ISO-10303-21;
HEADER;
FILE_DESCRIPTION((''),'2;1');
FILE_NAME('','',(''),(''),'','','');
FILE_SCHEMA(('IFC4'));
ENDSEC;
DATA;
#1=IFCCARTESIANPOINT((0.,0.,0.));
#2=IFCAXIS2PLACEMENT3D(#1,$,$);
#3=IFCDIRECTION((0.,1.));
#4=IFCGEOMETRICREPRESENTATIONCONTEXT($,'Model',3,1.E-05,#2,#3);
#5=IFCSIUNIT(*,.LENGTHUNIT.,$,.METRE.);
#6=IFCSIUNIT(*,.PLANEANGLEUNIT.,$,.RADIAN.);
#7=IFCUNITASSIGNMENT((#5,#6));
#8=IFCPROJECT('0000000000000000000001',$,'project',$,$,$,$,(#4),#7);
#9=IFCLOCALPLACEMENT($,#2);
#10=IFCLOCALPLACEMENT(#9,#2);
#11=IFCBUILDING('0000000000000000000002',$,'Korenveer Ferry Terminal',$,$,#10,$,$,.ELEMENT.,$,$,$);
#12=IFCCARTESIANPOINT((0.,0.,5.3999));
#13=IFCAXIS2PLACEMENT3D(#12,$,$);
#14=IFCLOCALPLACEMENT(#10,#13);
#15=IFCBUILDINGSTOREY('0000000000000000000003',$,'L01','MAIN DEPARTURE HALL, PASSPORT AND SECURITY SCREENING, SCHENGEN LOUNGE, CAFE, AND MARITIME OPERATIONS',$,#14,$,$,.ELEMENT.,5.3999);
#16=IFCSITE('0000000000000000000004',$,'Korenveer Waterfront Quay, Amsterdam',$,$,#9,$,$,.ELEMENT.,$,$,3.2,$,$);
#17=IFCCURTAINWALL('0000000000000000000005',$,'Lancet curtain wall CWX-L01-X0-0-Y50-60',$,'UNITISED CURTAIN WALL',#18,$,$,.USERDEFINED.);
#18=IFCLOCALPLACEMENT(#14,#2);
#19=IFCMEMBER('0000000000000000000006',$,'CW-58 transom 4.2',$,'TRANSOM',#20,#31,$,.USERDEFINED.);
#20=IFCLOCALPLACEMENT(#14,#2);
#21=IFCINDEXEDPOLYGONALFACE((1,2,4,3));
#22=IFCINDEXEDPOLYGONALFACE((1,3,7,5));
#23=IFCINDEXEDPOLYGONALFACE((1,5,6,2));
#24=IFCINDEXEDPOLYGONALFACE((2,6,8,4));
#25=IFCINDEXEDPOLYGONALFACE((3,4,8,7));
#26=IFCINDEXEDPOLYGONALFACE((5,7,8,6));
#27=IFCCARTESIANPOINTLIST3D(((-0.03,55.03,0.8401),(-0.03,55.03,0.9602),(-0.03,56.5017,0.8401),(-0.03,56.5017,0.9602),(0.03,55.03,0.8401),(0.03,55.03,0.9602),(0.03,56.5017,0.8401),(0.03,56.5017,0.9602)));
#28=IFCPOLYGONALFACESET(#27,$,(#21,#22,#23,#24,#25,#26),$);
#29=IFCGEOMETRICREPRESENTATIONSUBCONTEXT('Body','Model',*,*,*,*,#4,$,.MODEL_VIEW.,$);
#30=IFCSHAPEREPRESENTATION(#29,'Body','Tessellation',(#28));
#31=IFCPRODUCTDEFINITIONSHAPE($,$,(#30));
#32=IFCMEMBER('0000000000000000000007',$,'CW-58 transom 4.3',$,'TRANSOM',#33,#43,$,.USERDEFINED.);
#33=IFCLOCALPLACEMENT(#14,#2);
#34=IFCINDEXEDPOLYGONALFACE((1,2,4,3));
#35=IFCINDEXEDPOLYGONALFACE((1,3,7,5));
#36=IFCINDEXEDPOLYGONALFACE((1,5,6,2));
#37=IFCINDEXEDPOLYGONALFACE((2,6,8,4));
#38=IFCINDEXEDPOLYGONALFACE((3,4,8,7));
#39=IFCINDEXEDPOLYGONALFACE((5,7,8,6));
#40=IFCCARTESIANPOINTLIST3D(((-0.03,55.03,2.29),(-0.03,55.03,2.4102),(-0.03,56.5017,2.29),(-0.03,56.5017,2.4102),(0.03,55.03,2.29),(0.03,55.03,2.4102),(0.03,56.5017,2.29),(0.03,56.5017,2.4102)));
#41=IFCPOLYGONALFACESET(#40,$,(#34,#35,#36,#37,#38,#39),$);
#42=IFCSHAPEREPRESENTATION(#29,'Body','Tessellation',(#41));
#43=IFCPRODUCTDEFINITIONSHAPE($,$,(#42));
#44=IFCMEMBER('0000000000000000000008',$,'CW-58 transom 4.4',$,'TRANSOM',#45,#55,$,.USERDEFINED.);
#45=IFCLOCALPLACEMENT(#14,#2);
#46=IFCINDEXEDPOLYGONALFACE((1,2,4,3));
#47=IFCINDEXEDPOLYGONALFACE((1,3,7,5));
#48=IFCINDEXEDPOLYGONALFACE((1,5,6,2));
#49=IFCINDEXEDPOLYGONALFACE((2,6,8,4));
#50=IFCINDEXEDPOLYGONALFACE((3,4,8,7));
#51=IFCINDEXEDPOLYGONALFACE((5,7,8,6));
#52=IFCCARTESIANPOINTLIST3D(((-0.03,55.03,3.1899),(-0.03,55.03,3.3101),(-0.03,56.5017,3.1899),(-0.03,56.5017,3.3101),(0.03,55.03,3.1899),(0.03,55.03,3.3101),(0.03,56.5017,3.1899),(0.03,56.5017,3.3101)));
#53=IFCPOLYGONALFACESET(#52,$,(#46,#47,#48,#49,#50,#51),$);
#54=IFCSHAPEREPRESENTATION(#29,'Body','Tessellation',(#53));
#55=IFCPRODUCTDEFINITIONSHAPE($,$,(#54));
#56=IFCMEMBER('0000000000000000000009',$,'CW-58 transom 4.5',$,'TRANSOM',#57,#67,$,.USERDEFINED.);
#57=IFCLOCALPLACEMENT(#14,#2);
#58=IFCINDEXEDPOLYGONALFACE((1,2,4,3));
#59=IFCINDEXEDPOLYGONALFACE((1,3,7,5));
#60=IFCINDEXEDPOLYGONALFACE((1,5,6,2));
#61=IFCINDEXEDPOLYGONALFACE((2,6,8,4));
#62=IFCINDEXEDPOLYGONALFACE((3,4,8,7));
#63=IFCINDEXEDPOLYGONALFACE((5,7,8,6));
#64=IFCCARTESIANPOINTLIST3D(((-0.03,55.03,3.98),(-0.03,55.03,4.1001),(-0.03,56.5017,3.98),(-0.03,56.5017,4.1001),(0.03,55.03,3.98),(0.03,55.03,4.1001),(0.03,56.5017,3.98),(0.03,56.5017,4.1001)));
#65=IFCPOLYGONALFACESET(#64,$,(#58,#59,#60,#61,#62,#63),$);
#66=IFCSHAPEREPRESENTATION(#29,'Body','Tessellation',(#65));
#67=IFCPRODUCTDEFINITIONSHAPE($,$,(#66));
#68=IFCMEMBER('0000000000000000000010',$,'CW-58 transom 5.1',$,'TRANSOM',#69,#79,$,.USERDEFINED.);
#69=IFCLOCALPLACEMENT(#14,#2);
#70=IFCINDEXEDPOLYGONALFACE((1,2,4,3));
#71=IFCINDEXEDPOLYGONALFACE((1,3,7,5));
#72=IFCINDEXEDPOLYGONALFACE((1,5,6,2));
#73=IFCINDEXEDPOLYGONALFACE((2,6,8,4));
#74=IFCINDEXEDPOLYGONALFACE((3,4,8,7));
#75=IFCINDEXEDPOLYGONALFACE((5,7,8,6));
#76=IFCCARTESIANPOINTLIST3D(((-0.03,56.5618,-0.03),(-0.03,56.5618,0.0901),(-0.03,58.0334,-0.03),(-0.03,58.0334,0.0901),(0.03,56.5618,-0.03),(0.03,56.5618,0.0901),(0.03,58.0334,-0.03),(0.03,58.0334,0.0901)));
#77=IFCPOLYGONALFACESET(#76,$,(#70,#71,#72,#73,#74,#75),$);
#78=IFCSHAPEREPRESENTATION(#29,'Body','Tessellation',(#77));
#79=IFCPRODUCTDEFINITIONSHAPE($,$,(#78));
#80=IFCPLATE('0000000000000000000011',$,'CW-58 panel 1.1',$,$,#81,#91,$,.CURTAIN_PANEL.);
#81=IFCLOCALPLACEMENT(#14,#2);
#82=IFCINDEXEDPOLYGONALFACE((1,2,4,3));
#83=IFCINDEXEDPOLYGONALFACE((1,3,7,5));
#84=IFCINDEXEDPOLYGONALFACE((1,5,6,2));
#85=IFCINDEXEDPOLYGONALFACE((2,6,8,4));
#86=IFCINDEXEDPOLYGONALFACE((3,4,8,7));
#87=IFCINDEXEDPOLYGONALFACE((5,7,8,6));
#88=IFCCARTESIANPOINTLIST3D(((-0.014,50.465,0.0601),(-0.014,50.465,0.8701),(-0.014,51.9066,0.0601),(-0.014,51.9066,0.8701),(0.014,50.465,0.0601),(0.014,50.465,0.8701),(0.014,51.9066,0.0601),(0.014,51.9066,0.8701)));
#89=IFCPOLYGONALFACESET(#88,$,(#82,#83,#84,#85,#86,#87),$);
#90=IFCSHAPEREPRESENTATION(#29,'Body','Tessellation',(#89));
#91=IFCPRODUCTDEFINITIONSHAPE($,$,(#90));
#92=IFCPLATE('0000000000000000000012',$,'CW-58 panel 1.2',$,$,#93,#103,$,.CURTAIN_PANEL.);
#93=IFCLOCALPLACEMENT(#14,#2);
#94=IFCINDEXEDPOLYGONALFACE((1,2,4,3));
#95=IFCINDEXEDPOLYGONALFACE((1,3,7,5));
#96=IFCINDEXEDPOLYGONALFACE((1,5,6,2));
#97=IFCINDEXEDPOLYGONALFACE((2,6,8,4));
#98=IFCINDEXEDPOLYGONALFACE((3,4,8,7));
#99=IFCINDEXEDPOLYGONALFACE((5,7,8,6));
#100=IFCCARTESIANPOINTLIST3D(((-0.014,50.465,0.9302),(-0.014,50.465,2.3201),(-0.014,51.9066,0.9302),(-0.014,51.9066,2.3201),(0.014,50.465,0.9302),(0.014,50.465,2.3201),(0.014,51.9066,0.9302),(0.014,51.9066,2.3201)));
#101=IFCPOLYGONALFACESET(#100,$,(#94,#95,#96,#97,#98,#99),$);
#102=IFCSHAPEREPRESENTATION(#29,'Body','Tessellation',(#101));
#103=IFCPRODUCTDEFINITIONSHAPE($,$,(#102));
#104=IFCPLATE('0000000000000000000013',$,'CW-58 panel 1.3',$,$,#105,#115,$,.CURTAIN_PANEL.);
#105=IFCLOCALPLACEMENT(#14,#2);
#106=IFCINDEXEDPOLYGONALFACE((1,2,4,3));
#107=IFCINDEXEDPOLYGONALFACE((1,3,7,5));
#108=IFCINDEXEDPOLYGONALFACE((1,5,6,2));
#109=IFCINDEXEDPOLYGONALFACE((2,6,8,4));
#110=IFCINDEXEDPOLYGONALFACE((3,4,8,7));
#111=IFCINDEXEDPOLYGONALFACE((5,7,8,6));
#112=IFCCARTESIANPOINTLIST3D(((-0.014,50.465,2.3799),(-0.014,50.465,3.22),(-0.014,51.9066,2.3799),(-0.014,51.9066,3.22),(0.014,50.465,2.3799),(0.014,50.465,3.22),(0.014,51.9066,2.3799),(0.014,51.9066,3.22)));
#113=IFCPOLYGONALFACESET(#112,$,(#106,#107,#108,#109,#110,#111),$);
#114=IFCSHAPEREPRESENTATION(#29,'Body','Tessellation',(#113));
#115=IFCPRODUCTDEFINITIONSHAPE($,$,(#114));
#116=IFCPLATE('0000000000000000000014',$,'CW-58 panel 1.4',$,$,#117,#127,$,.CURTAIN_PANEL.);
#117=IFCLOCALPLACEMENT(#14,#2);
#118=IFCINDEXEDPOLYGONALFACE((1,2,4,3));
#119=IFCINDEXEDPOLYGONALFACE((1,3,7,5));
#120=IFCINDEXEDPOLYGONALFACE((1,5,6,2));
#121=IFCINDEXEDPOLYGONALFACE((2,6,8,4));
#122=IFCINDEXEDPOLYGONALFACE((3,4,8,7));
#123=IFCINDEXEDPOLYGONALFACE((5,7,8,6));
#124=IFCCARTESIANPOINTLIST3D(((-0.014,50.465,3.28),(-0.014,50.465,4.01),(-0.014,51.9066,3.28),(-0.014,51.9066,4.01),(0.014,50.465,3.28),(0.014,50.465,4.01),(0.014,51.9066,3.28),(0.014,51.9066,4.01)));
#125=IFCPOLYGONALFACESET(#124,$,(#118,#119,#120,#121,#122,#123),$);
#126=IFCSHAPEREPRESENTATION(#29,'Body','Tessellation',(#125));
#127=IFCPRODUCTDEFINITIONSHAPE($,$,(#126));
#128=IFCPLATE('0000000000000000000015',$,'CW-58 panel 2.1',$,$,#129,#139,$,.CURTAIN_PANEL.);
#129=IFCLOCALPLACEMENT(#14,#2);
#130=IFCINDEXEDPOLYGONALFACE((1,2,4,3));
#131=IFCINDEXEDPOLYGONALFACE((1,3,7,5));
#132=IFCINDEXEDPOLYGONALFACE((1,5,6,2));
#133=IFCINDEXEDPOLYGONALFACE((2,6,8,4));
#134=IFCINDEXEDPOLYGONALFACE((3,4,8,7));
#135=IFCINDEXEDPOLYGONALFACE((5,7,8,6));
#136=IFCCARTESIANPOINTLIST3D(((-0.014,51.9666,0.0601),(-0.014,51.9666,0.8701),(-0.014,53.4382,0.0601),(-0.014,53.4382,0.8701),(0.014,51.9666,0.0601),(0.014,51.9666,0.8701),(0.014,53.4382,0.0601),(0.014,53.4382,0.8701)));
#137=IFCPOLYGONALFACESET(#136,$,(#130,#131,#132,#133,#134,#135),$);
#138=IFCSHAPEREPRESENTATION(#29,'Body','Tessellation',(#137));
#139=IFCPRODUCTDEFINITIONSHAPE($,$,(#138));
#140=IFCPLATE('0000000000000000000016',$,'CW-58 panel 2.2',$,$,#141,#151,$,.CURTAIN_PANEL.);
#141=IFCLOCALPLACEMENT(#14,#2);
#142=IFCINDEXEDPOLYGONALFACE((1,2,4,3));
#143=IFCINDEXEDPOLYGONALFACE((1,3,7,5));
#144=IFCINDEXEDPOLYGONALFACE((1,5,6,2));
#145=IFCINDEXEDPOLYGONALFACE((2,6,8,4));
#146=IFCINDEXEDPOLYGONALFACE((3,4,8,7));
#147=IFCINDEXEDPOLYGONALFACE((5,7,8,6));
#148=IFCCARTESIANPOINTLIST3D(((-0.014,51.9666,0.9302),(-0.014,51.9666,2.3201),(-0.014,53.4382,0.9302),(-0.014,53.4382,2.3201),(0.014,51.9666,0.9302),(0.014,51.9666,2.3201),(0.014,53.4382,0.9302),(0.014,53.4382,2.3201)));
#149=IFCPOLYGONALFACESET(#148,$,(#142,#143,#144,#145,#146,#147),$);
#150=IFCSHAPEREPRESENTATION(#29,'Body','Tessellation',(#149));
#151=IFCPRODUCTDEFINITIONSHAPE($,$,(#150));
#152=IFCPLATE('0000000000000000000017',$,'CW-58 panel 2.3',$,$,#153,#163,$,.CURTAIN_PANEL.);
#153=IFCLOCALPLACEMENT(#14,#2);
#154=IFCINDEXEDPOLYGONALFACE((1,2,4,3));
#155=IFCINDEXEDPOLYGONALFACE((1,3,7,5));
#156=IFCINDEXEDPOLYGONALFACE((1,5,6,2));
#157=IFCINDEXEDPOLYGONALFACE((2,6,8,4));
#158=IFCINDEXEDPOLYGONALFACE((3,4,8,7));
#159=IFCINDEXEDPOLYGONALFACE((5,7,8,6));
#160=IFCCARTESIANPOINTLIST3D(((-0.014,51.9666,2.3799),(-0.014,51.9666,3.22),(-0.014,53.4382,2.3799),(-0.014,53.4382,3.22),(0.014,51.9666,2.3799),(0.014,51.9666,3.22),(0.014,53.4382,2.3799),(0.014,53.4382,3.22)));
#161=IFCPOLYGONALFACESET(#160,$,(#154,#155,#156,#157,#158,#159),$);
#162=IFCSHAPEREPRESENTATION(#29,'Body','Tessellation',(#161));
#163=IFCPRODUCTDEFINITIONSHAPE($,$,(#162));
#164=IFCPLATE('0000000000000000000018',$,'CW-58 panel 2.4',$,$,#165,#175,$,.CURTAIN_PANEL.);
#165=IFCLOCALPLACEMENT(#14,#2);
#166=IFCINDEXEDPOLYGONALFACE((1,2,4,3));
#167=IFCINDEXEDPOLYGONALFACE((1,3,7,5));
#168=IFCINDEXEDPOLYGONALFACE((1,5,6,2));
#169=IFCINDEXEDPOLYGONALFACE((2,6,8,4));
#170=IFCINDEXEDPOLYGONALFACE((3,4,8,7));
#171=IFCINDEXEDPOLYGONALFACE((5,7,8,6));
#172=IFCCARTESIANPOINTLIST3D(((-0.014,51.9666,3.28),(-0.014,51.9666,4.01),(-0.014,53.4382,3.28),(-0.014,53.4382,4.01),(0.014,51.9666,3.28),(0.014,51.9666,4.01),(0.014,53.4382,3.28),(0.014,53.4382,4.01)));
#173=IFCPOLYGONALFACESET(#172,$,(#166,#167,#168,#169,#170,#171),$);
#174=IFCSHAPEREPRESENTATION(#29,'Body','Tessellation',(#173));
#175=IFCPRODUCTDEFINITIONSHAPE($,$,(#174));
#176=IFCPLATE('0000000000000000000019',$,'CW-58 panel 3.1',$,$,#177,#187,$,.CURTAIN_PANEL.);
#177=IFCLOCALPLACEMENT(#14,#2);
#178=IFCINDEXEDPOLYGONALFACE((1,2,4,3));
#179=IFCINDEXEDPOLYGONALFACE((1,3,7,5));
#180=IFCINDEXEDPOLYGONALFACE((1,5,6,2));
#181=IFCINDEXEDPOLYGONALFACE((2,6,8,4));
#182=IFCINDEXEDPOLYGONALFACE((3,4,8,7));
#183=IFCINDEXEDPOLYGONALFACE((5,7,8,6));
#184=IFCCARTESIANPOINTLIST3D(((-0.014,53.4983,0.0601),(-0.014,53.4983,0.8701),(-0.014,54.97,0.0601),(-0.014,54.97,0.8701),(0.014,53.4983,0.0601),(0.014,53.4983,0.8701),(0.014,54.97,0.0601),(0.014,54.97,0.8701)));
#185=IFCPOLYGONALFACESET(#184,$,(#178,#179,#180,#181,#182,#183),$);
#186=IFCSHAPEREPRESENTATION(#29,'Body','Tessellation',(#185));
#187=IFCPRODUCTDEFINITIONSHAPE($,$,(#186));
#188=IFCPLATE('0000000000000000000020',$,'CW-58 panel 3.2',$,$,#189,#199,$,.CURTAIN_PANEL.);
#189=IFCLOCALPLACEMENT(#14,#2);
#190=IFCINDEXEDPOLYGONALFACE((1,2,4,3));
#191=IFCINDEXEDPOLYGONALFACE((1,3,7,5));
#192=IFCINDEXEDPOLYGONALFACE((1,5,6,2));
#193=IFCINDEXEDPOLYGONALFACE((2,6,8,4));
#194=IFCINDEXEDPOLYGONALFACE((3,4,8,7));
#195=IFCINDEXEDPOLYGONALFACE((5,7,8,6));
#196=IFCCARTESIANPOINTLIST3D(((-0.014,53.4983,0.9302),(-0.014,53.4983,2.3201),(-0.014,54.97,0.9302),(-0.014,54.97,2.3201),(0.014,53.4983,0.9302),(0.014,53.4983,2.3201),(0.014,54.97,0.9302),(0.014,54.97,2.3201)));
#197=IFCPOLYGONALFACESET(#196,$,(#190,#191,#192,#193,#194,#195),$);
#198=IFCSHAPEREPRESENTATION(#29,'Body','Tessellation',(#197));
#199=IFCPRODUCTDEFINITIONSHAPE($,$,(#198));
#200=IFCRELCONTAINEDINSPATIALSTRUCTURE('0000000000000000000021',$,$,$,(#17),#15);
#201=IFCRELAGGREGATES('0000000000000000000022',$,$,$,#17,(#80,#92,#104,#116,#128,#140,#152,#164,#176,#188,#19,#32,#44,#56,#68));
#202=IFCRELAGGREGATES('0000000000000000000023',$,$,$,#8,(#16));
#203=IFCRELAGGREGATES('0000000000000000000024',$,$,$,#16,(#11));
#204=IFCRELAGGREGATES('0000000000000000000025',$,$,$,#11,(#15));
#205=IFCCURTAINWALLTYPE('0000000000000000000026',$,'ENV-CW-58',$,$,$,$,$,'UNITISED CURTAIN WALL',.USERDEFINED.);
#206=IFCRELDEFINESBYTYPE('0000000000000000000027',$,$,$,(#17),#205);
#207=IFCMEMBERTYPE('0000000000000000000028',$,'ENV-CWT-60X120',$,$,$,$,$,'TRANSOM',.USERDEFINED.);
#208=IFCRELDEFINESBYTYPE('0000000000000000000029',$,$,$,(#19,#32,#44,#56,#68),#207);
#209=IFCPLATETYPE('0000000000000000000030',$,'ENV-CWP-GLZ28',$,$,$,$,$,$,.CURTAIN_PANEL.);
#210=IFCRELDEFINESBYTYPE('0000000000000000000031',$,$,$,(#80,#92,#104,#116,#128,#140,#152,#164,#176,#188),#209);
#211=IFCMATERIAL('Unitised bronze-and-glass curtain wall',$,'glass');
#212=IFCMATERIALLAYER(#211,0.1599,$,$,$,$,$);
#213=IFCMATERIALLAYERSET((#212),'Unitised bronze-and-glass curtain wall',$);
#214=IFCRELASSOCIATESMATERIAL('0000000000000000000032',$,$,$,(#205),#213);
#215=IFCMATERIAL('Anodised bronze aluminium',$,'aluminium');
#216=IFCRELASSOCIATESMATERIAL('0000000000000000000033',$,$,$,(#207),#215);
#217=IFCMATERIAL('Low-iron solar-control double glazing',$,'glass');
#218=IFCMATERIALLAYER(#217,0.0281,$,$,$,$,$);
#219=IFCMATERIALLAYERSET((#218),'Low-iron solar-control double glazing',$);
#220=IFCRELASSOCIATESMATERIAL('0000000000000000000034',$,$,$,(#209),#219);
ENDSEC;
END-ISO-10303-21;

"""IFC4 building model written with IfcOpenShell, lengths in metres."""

from ifc_helpers import new_model, si_unit, direction, frame, origin, origin_2d, place, context, subcontext, project, spatial, rectangle, extrude, material, layer, layer_set, material_profile, profile_set, type_object, element, aggregate, save


model = new_model("IFC4")

# Units and contexts
model_context = context("Model", 3, precision=1e-05, world=origin(), true_north=direction((0.0, 1.0)))
body_context = subcontext(model_context, "Body", "Model", "MODEL_VIEW")
ifc_project = project(units=[si_unit("LENGTHUNIT", "METRE"), si_unit("PLANEANGLEUNIT", "RADIAN")], contexts=[model_context])

# Site, building, storey
site_placement = place(None, origin())
site = spatial("IfcSite", under=ifc_project, at=site_placement, Name="Korenveer Waterfront Quay, Amsterdam", CompositionType="ELEMENT", RefElevation=3.2)
building_placement = place(site_placement, origin())
building = spatial("IfcBuilding", under=site, at=building_placement, Name="Korenveer Ferry Terminal", CompositionType="ELEMENT")
storey_placement = place(building_placement, frame((0.0, 0.0, 5.3999)))
storey = spatial("IfcBuildingStorey", under=building, at=storey_placement, Name="L01", Description="MAIN DEPARTURE HALL, PASSPORT AND SECURITY SCREENING, SCHENGEN LOUNGE, CAFE, AND MARITIME OPERATIONS", CompositionType="ELEMENT", Elevation=5.3999)

# Curtain wall, members, plates
ifc_material_1 = material(Name="Unitised bronze-and-glass curtain wall", Category="glass")
ifc_layer_1 = layer(ifc_material_1, 0.1599)
ifc_layer_set_1 = layer_set([ifc_layer_1], Name="Unitised bronze-and-glass curtain wall")
curtain_wall_type = type_object("IfcCurtainWallType", Name="ENV-CW-58", ElementType="UNITISED CURTAIN WALL", PredefinedType="USERDEFINED", material=ifc_layer_set_1)
curtain_wall_placement = place(storey_placement, frame((0.0, 50.405, 0.0)))
curtain_wall = element("IfcCurtainWall", 1, at=curtain_wall_placement, inside=storey, type_object=curtain_wall_type, Name="Lancet curtain wall CWX-L01-X0-0-Y50-60", ObjectType="UNITISED CURTAIN WALL", PredefinedType="USERDEFINED")
ifc_material_2 = material(Name="Anodised bronze aluminium", Category="aluminium")
ifc_material_profile_1 = material_profile(ifc_material_2, rectangle(XDim=0.0601, YDim=0.1201, at=origin_2d()), Name="ALU 60x120")
ifc_profile_set_1 = profile_set([ifc_material_profile_1], Name="Anodised bronze aluminium")
member_type_1 = type_object("IfcMemberType", Name="ENV-CWT-60X120", ElementType="TRANSOM", PredefinedType="USERDEFINED", material=ifc_profile_set_1)
member_1_placement = place(storey_placement, frame((0.0, 55.03, 0.9001), z_axis=(0.0, 1.0, 0.0), x_axis=(-1.0, 0.0, 0.0)))
member_1 = element("IfcMember", 2, at=member_1_placement, type_object=member_type_1, Name="CW-58 transom 4.2", ObjectType="TRANSOM", PredefinedType="USERDEFINED", context=body_context, shape_type="SweptSolid", body=[
    extrude(rectangle(XDim=0.0601, YDim=0.1201, at=origin_2d()), origin(), (0.0, 0.0, 1.0), 1.4717),
])
member_2_placement = place(storey_placement, frame((0.0, 55.03, 2.3501), z_axis=(0.0, 1.0, 0.0), x_axis=(-1.0, 0.0, 0.0)))
member_2 = element("IfcMember", 3, at=member_2_placement, type_object=member_type_1, Name="CW-58 transom 4.3", ObjectType="TRANSOM", PredefinedType="USERDEFINED", context=body_context, shape_type="SweptSolid", body=[
    extrude(rectangle(XDim=0.0601, YDim=0.1201, at=origin_2d()), origin(), (0.0, 0.0, 1.0), 1.4717),
])
member_3_placement = place(storey_placement, frame((0.0, 55.03, 3.25), z_axis=(0.0, 1.0, 0.0), x_axis=(-1.0, 0.0, 0.0)))
member_3 = element("IfcMember", 4, at=member_3_placement, type_object=member_type_1, Name="CW-58 transom 4.4", ObjectType="TRANSOM", PredefinedType="USERDEFINED", context=body_context, shape_type="SweptSolid", body=[
    extrude(rectangle(XDim=0.0601, YDim=0.1201, at=origin_2d()), origin(), (0.0, 0.0, 1.0), 1.4717),
])
member_4_placement = place(storey_placement, frame((0.0, 55.03, 4.04), z_axis=(0.0, 1.0, 0.0), x_axis=(-1.0, 0.0, 0.0)))
member_4 = element("IfcMember", 5, at=member_4_placement, type_object=member_type_1, Name="CW-58 transom 4.5", ObjectType="TRANSOM", PredefinedType="USERDEFINED", context=body_context, shape_type="SweptSolid", body=[
    extrude(rectangle(XDim=0.0601, YDim=0.1201, at=origin_2d()), origin(), (0.0, 0.0, 1.0), 1.4717),
])
member_5_placement = place(storey_placement, frame((0.0, 56.5618, 0.03), z_axis=(0.0, 1.0, 0.0), x_axis=(-1.0, 0.0, 0.0)))
member_5 = element("IfcMember", 6, at=member_5_placement, type_object=member_type_1, Name="CW-58 transom 5.1", ObjectType="TRANSOM", PredefinedType="USERDEFINED", context=body_context, shape_type="SweptSolid", body=[
    extrude(rectangle(XDim=0.0601, YDim=0.1201, at=origin_2d()), origin(), (0.0, 0.0, 1.0), 1.4717),
])
ifc_material_3 = material(Name="Low-iron solar-control double glazing", Category="glass")
ifc_layer_2 = layer(ifc_material_3, 0.0281)
ifc_layer_set_2 = layer_set([ifc_layer_2], Name="Low-iron solar-control double glazing")
plate_type = type_object("IfcPlateType", Name="ENV-CWP-GLZ28", PredefinedType="CURTAIN_PANEL", material=ifc_layer_set_2)
plate_1_placement = place(storey_placement, frame((0.0, 51.1858, 0.0601), z_axis=(0.0, 0.0, 1.0), x_axis=(0.0, 1.0, 0.0)))
plate_1 = element("IfcPlate", 7, at=plate_1_placement, type_object=plate_type, Name="CW-58 panel 1.1", PredefinedType="CURTAIN_PANEL", context=body_context, shape_type="SweptSolid", body=[
    extrude(rectangle(XDim=1.4417, YDim=0.0281, at=origin_2d()), origin(), (0.0, 0.0, 1.0), 0.8101),
])
plate_2_placement = place(storey_placement, frame((0.0, 51.1858, 0.9302), z_axis=(0.0, 0.0, 1.0), x_axis=(0.0, 1.0, 0.0)))
plate_2 = element("IfcPlate", 8, at=plate_2_placement, type_object=plate_type, Name="CW-58 panel 1.2", PredefinedType="CURTAIN_PANEL", context=body_context, shape_type="SweptSolid", body=[
    extrude(rectangle(XDim=1.4417, YDim=0.0281, at=origin_2d()), origin(), (0.0, 0.0, 1.0), 1.3899),
])
plate_3_placement = place(storey_placement, frame((0.0, 51.1858, 2.3799), z_axis=(0.0, 0.0, 1.0), x_axis=(0.0, 1.0, 0.0)))
plate_3 = element("IfcPlate", 9, at=plate_3_placement, type_object=plate_type, Name="CW-58 panel 1.3", PredefinedType="CURTAIN_PANEL", context=body_context, shape_type="SweptSolid", body=[
    extrude(rectangle(XDim=1.4417, YDim=0.0281, at=origin_2d()), origin(), (0.0, 0.0, 1.0), 0.8401),
])
plate_4_placement = place(storey_placement, frame((0.0, 51.1858, 3.28), z_axis=(0.0, 0.0, 1.0), x_axis=(0.0, 1.0, 0.0)))
plate_4 = element("IfcPlate", 10, at=plate_4_placement, type_object=plate_type, Name="CW-58 panel 1.4", PredefinedType="CURTAIN_PANEL", context=body_context, shape_type="SweptSolid", body=[
    extrude(rectangle(XDim=1.4417, YDim=0.0281, at=origin_2d()), origin(), (0.0, 0.0, 1.0), 0.73),
])
plate_5_placement = place(storey_placement, frame((0.0, 52.7024, 0.0601), z_axis=(0.0, 0.0, 1.0), x_axis=(0.0, 1.0, 0.0)))
plate_5 = element("IfcPlate", 11, at=plate_5_placement, type_object=plate_type, Name="CW-58 panel 2.1", PredefinedType="CURTAIN_PANEL", context=body_context, shape_type="SweptSolid", body=[
    extrude(rectangle(XDim=1.4717, YDim=0.0281, at=origin_2d()), origin(), (0.0, 0.0, 1.0), 0.8101),
])
plate_6_placement = place(storey_placement, frame((0.0, 52.7024, 0.9302), z_axis=(0.0, 0.0, 1.0), x_axis=(0.0, 1.0, 0.0)))
plate_6 = element("IfcPlate", 12, at=plate_6_placement, type_object=plate_type, Name="CW-58 panel 2.2", PredefinedType="CURTAIN_PANEL", context=body_context, shape_type="SweptSolid", body=[
    extrude(rectangle(XDim=1.4717, YDim=0.0281, at=origin_2d()), origin(), (0.0, 0.0, 1.0), 1.3899),
])
plate_7_placement = place(storey_placement, frame((0.0, 52.7024, 2.3799), z_axis=(0.0, 0.0, 1.0), x_axis=(0.0, 1.0, 0.0)))
plate_7 = element("IfcPlate", 13, at=plate_7_placement, type_object=plate_type, Name="CW-58 panel 2.3", PredefinedType="CURTAIN_PANEL", context=body_context, shape_type="SweptSolid", body=[
    extrude(rectangle(XDim=1.4717, YDim=0.0281, at=origin_2d()), origin(), (0.0, 0.0, 1.0), 0.8401),
])
plate_8_placement = place(storey_placement, frame((0.0, 52.7024, 3.28), z_axis=(0.0, 0.0, 1.0), x_axis=(0.0, 1.0, 0.0)))
plate_8 = element("IfcPlate", 14, at=plate_8_placement, type_object=plate_type, Name="CW-58 panel 2.4", PredefinedType="CURTAIN_PANEL", context=body_context, shape_type="SweptSolid", body=[
    extrude(rectangle(XDim=1.4717, YDim=0.0281, at=origin_2d()), origin(), (0.0, 0.0, 1.0), 0.73),
])
plate_9_placement = place(storey_placement, frame((0.0, 54.2341, 0.0601), z_axis=(0.0, 0.0, 1.0), x_axis=(0.0, 1.0, 0.0)))
plate_9 = element("IfcPlate", 15, at=plate_9_placement, type_object=plate_type, Name="CW-58 panel 3.1", PredefinedType="CURTAIN_PANEL", context=body_context, shape_type="SweptSolid", body=[
    extrude(rectangle(XDim=1.4717, YDim=0.0281, at=origin_2d()), origin(), (0.0, 0.0, 1.0), 0.8101),
])
plate_10_placement = place(storey_placement, frame((0.0, 54.2341, 0.9302), z_axis=(0.0, 0.0, 1.0), x_axis=(0.0, 1.0, 0.0)))
plate_10 = element("IfcPlate", 16, at=plate_10_placement, type_object=plate_type, Name="CW-58 panel 3.2", PredefinedType="CURTAIN_PANEL", context=body_context, shape_type="SweptSolid", body=[
    extrude(rectangle(XDim=1.4717, YDim=0.0281, at=origin_2d()), origin(), (0.0, 0.0, 1.0), 1.3899),
])
aggregate(curtain_wall, [plate_1, plate_2, plate_3, plate_4, plate_5, plate_6, plate_7, plate_8, plate_9, plate_10, member_1, member_2, member_3, member_4, member_5])

save(model, "model.ifc")
